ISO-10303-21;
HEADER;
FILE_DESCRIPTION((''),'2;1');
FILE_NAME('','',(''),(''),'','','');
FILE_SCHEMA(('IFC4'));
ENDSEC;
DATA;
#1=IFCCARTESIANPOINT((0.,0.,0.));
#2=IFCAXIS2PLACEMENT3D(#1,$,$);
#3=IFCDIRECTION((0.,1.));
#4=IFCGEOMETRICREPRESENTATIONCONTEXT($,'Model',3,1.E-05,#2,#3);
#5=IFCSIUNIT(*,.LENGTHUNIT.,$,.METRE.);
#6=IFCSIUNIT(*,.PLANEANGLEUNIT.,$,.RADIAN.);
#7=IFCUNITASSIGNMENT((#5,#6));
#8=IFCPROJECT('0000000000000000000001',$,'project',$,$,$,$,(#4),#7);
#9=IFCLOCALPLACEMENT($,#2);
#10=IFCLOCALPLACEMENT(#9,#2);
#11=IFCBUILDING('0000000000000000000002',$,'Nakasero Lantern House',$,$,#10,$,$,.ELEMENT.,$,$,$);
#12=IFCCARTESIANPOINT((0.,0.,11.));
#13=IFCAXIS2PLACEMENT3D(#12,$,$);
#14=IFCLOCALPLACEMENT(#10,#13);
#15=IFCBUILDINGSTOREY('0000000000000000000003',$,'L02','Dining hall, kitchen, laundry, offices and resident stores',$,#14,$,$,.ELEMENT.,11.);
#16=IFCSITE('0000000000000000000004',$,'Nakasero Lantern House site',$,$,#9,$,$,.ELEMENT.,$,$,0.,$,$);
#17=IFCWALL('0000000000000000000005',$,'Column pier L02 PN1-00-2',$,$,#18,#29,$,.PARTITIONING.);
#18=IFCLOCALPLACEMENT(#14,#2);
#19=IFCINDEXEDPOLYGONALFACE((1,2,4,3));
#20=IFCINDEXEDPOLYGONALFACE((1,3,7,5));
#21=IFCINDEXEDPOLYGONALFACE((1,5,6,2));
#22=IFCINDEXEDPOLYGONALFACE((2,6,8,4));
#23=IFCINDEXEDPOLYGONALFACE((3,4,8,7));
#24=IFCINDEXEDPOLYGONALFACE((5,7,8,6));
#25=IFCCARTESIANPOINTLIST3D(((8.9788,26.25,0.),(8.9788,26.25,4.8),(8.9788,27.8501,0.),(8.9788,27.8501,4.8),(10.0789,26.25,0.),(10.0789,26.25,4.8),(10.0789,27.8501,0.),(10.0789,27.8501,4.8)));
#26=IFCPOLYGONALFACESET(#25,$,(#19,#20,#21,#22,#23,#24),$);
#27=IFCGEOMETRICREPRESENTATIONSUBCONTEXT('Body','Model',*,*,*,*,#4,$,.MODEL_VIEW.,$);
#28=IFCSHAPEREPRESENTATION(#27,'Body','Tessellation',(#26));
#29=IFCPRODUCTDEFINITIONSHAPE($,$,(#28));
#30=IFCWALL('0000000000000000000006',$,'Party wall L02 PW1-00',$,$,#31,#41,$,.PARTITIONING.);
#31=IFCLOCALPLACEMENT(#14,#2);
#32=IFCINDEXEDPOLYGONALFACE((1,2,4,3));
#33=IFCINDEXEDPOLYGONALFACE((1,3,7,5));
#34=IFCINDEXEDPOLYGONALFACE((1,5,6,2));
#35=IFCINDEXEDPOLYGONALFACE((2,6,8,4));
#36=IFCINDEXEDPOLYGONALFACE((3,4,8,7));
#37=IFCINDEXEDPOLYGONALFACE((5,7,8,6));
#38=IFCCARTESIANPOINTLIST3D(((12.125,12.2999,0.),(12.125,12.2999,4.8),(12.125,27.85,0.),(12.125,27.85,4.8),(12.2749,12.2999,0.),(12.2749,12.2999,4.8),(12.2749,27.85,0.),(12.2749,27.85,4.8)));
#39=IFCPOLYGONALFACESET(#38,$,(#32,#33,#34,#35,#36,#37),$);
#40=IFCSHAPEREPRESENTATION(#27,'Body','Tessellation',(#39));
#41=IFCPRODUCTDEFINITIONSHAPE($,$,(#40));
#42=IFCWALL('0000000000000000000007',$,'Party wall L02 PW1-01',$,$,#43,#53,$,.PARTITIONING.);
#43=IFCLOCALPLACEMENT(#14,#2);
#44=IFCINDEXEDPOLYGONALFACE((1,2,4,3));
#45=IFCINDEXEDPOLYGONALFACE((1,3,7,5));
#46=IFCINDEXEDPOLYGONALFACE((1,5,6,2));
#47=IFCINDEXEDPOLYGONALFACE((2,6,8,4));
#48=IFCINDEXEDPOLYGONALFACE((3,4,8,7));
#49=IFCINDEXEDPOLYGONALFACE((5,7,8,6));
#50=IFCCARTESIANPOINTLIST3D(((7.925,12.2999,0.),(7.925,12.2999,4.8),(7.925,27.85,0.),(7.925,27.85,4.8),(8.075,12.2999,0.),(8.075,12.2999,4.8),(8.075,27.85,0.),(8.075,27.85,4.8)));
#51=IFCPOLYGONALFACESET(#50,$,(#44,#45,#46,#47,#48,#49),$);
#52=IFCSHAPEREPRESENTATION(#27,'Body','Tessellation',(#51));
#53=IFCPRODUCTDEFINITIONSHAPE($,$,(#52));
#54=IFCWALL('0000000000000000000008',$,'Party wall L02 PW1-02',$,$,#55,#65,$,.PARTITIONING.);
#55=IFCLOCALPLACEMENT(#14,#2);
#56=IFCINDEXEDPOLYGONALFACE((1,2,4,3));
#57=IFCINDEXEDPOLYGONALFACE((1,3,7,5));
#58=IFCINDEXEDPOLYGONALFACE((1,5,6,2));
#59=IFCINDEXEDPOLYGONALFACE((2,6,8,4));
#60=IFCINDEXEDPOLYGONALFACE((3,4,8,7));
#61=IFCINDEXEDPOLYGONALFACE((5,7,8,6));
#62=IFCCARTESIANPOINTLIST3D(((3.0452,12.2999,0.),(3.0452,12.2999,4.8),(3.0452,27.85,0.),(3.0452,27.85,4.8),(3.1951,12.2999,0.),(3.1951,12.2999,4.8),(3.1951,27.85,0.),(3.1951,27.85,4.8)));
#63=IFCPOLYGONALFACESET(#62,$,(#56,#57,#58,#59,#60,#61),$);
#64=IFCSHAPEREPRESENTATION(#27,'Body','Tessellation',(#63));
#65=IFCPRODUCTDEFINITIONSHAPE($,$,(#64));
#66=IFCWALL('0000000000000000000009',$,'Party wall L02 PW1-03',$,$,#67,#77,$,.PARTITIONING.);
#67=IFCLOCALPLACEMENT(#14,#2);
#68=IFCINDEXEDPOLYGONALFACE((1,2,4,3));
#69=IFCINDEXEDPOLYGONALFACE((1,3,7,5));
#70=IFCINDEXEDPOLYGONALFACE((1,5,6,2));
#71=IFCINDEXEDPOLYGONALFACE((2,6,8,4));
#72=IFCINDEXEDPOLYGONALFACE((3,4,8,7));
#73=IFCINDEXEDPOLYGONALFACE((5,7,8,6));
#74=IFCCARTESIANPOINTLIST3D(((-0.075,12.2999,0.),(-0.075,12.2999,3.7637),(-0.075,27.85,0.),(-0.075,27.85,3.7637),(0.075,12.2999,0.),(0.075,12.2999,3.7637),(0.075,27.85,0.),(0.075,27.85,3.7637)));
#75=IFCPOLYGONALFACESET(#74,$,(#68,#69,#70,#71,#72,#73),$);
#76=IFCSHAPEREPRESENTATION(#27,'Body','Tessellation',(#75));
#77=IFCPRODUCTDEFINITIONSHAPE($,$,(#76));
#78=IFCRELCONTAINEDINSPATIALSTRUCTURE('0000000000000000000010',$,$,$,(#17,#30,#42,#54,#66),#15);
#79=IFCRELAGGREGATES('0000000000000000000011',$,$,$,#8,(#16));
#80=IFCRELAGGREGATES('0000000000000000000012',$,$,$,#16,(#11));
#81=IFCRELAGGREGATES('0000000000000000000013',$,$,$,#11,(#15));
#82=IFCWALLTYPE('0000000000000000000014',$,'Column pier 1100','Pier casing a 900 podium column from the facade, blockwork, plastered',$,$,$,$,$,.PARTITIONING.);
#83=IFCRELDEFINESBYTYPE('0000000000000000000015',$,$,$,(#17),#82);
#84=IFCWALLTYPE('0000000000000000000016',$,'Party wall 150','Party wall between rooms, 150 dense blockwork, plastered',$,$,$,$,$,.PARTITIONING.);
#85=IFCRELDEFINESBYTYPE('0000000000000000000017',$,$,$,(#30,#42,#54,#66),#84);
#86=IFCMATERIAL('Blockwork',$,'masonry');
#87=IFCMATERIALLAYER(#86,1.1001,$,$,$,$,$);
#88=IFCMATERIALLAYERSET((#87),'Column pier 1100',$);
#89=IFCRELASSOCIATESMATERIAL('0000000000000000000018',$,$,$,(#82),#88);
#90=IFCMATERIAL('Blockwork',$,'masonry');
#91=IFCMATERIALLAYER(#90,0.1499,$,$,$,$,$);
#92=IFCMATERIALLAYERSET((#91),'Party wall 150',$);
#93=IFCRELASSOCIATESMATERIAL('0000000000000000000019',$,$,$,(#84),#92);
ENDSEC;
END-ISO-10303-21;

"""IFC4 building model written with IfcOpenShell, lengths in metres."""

from ifc_helpers import new_model, si_unit, direction, frame, frame_2d, origin, place, context, subcontext, project, spatial, rectangle, extrude, material, layer, layer_set, type_object, element, save


model = new_model("IFC4")

# Units and contexts
model_context = context("Model", 3, precision=1e-05, world=origin(), true_north=direction((0.0, 1.0)))
body_context = subcontext(model_context, "Body", "Model", "MODEL_VIEW")
ifc_project = project(units=[si_unit("LENGTHUNIT", "METRE"), si_unit("PLANEANGLEUNIT", "RADIAN")], contexts=[model_context])

# Site, building, storey
site_placement = place(None, origin())
site = spatial("IfcSite", under=ifc_project, at=site_placement, Name="Nakasero Lantern House site", CompositionType="ELEMENT", RefElevation=0.0)
building_placement = place(site_placement, origin())
building = spatial("IfcBuilding", under=site, at=building_placement, Name="Nakasero Lantern House", CompositionType="ELEMENT")
storey_placement = place(building_placement, frame((0.0, 0.0, 11.0)))
storey = spatial("IfcBuildingStorey", under=building, at=storey_placement, Name="L02", Description="Dining hall, kitchen, laundry, offices and resident stores", CompositionType="ELEMENT", Elevation=11.0)

# Walls
ifc_material_1 = material(Name="Blockwork", Category="masonry")
ifc_layer_1 = layer(ifc_material_1, 1.1001)
ifc_layer_set_1 = layer_set([ifc_layer_1], Name="Column pier 1100")
wall_type_1 = type_object("IfcWallType", Name="Column pier 1100", Description="Pier casing a 900 podium column from the facade, blockwork, plastered", PredefinedType="PARTITIONING", material=ifc_layer_set_1)
wall_1_placement = place(storey_placement, frame((9.5288, 26.25, 0.0), z_axis=(0.0, 0.0, 1.0), x_axis=(0.0, 1.0, 0.0)))
element("IfcWall", 1, at=wall_1_placement, inside=storey, type_object=wall_type_1, Name="Column pier L02 PN1-00-2", PredefinedType="PARTITIONING", context=body_context, shape_type="SweptSolid", body=[
    extrude(rectangle(XDim=1.6001, YDim=1.1001, at=frame_2d((0.8, 0.0))), origin(), (0.0, 0.0, 1.0), 4.8),
])
ifc_material_2 = material(Name="Blockwork", Category="masonry")
ifc_layer_2 = layer(ifc_material_2, 0.1499)
ifc_layer_set_2 = layer_set([ifc_layer_2], Name="Party wall 150")
wall_type_2 = type_object("IfcWallType", Name="Party wall 150", Description="Party wall between rooms, 150 dense blockwork, plastered", PredefinedType="PARTITIONING", material=ifc_layer_set_2)
for number, where, z_axis, x_axis, name in (
    (2, (12.2, 12.3, 0.0), (0.0, 0.0, 1.0), (0.0, 1.0, 0.0), "Party wall L02 PW1-00"),
    (3, (8.0, 12.3, 0.0), (0.0, 0.0, 1.0), (0.0, 1.0, 0.0), "Party wall L02 PW1-01"),
    (4, (3.1201, 12.3, 0.0), (0.0, 0.0, 1.0), (0.0, 1.0, 0.0), "Party wall L02 PW1-02"),
):
    element("IfcWall", number, at=place(storey_placement, frame(where, z_axis=z_axis, x_axis=x_axis)), inside=storey, type_object=wall_type_2, Name=name, PredefinedType="PARTITIONING", context=body_context, shape_type="SweptSolid", body=[
        extrude(rectangle(XDim=15.55, YDim=0.1499, at=frame_2d((7.7749, 0.0))), origin(), (0.0, 0.0, 1.0), 4.8),
    ])
wall_2_placement = place(storey_placement, frame((0.0, 12.3, 0.0), z_axis=(0.0, 0.0, 1.0), x_axis=(0.0, 1.0, 0.0)))
element("IfcWall", 5, at=wall_2_placement, inside=storey, type_object=wall_type_2, Name="Party wall L02 PW1-03", PredefinedType="PARTITIONING", context=body_context, shape_type="SweptSolid", body=[
    extrude(rectangle(XDim=15.55, YDim=0.1499, at=frame_2d((7.7749, 0.0))), origin(), (0.0, 0.0, 1.0), 3.7637),
])

save(model, "model.ifc")
